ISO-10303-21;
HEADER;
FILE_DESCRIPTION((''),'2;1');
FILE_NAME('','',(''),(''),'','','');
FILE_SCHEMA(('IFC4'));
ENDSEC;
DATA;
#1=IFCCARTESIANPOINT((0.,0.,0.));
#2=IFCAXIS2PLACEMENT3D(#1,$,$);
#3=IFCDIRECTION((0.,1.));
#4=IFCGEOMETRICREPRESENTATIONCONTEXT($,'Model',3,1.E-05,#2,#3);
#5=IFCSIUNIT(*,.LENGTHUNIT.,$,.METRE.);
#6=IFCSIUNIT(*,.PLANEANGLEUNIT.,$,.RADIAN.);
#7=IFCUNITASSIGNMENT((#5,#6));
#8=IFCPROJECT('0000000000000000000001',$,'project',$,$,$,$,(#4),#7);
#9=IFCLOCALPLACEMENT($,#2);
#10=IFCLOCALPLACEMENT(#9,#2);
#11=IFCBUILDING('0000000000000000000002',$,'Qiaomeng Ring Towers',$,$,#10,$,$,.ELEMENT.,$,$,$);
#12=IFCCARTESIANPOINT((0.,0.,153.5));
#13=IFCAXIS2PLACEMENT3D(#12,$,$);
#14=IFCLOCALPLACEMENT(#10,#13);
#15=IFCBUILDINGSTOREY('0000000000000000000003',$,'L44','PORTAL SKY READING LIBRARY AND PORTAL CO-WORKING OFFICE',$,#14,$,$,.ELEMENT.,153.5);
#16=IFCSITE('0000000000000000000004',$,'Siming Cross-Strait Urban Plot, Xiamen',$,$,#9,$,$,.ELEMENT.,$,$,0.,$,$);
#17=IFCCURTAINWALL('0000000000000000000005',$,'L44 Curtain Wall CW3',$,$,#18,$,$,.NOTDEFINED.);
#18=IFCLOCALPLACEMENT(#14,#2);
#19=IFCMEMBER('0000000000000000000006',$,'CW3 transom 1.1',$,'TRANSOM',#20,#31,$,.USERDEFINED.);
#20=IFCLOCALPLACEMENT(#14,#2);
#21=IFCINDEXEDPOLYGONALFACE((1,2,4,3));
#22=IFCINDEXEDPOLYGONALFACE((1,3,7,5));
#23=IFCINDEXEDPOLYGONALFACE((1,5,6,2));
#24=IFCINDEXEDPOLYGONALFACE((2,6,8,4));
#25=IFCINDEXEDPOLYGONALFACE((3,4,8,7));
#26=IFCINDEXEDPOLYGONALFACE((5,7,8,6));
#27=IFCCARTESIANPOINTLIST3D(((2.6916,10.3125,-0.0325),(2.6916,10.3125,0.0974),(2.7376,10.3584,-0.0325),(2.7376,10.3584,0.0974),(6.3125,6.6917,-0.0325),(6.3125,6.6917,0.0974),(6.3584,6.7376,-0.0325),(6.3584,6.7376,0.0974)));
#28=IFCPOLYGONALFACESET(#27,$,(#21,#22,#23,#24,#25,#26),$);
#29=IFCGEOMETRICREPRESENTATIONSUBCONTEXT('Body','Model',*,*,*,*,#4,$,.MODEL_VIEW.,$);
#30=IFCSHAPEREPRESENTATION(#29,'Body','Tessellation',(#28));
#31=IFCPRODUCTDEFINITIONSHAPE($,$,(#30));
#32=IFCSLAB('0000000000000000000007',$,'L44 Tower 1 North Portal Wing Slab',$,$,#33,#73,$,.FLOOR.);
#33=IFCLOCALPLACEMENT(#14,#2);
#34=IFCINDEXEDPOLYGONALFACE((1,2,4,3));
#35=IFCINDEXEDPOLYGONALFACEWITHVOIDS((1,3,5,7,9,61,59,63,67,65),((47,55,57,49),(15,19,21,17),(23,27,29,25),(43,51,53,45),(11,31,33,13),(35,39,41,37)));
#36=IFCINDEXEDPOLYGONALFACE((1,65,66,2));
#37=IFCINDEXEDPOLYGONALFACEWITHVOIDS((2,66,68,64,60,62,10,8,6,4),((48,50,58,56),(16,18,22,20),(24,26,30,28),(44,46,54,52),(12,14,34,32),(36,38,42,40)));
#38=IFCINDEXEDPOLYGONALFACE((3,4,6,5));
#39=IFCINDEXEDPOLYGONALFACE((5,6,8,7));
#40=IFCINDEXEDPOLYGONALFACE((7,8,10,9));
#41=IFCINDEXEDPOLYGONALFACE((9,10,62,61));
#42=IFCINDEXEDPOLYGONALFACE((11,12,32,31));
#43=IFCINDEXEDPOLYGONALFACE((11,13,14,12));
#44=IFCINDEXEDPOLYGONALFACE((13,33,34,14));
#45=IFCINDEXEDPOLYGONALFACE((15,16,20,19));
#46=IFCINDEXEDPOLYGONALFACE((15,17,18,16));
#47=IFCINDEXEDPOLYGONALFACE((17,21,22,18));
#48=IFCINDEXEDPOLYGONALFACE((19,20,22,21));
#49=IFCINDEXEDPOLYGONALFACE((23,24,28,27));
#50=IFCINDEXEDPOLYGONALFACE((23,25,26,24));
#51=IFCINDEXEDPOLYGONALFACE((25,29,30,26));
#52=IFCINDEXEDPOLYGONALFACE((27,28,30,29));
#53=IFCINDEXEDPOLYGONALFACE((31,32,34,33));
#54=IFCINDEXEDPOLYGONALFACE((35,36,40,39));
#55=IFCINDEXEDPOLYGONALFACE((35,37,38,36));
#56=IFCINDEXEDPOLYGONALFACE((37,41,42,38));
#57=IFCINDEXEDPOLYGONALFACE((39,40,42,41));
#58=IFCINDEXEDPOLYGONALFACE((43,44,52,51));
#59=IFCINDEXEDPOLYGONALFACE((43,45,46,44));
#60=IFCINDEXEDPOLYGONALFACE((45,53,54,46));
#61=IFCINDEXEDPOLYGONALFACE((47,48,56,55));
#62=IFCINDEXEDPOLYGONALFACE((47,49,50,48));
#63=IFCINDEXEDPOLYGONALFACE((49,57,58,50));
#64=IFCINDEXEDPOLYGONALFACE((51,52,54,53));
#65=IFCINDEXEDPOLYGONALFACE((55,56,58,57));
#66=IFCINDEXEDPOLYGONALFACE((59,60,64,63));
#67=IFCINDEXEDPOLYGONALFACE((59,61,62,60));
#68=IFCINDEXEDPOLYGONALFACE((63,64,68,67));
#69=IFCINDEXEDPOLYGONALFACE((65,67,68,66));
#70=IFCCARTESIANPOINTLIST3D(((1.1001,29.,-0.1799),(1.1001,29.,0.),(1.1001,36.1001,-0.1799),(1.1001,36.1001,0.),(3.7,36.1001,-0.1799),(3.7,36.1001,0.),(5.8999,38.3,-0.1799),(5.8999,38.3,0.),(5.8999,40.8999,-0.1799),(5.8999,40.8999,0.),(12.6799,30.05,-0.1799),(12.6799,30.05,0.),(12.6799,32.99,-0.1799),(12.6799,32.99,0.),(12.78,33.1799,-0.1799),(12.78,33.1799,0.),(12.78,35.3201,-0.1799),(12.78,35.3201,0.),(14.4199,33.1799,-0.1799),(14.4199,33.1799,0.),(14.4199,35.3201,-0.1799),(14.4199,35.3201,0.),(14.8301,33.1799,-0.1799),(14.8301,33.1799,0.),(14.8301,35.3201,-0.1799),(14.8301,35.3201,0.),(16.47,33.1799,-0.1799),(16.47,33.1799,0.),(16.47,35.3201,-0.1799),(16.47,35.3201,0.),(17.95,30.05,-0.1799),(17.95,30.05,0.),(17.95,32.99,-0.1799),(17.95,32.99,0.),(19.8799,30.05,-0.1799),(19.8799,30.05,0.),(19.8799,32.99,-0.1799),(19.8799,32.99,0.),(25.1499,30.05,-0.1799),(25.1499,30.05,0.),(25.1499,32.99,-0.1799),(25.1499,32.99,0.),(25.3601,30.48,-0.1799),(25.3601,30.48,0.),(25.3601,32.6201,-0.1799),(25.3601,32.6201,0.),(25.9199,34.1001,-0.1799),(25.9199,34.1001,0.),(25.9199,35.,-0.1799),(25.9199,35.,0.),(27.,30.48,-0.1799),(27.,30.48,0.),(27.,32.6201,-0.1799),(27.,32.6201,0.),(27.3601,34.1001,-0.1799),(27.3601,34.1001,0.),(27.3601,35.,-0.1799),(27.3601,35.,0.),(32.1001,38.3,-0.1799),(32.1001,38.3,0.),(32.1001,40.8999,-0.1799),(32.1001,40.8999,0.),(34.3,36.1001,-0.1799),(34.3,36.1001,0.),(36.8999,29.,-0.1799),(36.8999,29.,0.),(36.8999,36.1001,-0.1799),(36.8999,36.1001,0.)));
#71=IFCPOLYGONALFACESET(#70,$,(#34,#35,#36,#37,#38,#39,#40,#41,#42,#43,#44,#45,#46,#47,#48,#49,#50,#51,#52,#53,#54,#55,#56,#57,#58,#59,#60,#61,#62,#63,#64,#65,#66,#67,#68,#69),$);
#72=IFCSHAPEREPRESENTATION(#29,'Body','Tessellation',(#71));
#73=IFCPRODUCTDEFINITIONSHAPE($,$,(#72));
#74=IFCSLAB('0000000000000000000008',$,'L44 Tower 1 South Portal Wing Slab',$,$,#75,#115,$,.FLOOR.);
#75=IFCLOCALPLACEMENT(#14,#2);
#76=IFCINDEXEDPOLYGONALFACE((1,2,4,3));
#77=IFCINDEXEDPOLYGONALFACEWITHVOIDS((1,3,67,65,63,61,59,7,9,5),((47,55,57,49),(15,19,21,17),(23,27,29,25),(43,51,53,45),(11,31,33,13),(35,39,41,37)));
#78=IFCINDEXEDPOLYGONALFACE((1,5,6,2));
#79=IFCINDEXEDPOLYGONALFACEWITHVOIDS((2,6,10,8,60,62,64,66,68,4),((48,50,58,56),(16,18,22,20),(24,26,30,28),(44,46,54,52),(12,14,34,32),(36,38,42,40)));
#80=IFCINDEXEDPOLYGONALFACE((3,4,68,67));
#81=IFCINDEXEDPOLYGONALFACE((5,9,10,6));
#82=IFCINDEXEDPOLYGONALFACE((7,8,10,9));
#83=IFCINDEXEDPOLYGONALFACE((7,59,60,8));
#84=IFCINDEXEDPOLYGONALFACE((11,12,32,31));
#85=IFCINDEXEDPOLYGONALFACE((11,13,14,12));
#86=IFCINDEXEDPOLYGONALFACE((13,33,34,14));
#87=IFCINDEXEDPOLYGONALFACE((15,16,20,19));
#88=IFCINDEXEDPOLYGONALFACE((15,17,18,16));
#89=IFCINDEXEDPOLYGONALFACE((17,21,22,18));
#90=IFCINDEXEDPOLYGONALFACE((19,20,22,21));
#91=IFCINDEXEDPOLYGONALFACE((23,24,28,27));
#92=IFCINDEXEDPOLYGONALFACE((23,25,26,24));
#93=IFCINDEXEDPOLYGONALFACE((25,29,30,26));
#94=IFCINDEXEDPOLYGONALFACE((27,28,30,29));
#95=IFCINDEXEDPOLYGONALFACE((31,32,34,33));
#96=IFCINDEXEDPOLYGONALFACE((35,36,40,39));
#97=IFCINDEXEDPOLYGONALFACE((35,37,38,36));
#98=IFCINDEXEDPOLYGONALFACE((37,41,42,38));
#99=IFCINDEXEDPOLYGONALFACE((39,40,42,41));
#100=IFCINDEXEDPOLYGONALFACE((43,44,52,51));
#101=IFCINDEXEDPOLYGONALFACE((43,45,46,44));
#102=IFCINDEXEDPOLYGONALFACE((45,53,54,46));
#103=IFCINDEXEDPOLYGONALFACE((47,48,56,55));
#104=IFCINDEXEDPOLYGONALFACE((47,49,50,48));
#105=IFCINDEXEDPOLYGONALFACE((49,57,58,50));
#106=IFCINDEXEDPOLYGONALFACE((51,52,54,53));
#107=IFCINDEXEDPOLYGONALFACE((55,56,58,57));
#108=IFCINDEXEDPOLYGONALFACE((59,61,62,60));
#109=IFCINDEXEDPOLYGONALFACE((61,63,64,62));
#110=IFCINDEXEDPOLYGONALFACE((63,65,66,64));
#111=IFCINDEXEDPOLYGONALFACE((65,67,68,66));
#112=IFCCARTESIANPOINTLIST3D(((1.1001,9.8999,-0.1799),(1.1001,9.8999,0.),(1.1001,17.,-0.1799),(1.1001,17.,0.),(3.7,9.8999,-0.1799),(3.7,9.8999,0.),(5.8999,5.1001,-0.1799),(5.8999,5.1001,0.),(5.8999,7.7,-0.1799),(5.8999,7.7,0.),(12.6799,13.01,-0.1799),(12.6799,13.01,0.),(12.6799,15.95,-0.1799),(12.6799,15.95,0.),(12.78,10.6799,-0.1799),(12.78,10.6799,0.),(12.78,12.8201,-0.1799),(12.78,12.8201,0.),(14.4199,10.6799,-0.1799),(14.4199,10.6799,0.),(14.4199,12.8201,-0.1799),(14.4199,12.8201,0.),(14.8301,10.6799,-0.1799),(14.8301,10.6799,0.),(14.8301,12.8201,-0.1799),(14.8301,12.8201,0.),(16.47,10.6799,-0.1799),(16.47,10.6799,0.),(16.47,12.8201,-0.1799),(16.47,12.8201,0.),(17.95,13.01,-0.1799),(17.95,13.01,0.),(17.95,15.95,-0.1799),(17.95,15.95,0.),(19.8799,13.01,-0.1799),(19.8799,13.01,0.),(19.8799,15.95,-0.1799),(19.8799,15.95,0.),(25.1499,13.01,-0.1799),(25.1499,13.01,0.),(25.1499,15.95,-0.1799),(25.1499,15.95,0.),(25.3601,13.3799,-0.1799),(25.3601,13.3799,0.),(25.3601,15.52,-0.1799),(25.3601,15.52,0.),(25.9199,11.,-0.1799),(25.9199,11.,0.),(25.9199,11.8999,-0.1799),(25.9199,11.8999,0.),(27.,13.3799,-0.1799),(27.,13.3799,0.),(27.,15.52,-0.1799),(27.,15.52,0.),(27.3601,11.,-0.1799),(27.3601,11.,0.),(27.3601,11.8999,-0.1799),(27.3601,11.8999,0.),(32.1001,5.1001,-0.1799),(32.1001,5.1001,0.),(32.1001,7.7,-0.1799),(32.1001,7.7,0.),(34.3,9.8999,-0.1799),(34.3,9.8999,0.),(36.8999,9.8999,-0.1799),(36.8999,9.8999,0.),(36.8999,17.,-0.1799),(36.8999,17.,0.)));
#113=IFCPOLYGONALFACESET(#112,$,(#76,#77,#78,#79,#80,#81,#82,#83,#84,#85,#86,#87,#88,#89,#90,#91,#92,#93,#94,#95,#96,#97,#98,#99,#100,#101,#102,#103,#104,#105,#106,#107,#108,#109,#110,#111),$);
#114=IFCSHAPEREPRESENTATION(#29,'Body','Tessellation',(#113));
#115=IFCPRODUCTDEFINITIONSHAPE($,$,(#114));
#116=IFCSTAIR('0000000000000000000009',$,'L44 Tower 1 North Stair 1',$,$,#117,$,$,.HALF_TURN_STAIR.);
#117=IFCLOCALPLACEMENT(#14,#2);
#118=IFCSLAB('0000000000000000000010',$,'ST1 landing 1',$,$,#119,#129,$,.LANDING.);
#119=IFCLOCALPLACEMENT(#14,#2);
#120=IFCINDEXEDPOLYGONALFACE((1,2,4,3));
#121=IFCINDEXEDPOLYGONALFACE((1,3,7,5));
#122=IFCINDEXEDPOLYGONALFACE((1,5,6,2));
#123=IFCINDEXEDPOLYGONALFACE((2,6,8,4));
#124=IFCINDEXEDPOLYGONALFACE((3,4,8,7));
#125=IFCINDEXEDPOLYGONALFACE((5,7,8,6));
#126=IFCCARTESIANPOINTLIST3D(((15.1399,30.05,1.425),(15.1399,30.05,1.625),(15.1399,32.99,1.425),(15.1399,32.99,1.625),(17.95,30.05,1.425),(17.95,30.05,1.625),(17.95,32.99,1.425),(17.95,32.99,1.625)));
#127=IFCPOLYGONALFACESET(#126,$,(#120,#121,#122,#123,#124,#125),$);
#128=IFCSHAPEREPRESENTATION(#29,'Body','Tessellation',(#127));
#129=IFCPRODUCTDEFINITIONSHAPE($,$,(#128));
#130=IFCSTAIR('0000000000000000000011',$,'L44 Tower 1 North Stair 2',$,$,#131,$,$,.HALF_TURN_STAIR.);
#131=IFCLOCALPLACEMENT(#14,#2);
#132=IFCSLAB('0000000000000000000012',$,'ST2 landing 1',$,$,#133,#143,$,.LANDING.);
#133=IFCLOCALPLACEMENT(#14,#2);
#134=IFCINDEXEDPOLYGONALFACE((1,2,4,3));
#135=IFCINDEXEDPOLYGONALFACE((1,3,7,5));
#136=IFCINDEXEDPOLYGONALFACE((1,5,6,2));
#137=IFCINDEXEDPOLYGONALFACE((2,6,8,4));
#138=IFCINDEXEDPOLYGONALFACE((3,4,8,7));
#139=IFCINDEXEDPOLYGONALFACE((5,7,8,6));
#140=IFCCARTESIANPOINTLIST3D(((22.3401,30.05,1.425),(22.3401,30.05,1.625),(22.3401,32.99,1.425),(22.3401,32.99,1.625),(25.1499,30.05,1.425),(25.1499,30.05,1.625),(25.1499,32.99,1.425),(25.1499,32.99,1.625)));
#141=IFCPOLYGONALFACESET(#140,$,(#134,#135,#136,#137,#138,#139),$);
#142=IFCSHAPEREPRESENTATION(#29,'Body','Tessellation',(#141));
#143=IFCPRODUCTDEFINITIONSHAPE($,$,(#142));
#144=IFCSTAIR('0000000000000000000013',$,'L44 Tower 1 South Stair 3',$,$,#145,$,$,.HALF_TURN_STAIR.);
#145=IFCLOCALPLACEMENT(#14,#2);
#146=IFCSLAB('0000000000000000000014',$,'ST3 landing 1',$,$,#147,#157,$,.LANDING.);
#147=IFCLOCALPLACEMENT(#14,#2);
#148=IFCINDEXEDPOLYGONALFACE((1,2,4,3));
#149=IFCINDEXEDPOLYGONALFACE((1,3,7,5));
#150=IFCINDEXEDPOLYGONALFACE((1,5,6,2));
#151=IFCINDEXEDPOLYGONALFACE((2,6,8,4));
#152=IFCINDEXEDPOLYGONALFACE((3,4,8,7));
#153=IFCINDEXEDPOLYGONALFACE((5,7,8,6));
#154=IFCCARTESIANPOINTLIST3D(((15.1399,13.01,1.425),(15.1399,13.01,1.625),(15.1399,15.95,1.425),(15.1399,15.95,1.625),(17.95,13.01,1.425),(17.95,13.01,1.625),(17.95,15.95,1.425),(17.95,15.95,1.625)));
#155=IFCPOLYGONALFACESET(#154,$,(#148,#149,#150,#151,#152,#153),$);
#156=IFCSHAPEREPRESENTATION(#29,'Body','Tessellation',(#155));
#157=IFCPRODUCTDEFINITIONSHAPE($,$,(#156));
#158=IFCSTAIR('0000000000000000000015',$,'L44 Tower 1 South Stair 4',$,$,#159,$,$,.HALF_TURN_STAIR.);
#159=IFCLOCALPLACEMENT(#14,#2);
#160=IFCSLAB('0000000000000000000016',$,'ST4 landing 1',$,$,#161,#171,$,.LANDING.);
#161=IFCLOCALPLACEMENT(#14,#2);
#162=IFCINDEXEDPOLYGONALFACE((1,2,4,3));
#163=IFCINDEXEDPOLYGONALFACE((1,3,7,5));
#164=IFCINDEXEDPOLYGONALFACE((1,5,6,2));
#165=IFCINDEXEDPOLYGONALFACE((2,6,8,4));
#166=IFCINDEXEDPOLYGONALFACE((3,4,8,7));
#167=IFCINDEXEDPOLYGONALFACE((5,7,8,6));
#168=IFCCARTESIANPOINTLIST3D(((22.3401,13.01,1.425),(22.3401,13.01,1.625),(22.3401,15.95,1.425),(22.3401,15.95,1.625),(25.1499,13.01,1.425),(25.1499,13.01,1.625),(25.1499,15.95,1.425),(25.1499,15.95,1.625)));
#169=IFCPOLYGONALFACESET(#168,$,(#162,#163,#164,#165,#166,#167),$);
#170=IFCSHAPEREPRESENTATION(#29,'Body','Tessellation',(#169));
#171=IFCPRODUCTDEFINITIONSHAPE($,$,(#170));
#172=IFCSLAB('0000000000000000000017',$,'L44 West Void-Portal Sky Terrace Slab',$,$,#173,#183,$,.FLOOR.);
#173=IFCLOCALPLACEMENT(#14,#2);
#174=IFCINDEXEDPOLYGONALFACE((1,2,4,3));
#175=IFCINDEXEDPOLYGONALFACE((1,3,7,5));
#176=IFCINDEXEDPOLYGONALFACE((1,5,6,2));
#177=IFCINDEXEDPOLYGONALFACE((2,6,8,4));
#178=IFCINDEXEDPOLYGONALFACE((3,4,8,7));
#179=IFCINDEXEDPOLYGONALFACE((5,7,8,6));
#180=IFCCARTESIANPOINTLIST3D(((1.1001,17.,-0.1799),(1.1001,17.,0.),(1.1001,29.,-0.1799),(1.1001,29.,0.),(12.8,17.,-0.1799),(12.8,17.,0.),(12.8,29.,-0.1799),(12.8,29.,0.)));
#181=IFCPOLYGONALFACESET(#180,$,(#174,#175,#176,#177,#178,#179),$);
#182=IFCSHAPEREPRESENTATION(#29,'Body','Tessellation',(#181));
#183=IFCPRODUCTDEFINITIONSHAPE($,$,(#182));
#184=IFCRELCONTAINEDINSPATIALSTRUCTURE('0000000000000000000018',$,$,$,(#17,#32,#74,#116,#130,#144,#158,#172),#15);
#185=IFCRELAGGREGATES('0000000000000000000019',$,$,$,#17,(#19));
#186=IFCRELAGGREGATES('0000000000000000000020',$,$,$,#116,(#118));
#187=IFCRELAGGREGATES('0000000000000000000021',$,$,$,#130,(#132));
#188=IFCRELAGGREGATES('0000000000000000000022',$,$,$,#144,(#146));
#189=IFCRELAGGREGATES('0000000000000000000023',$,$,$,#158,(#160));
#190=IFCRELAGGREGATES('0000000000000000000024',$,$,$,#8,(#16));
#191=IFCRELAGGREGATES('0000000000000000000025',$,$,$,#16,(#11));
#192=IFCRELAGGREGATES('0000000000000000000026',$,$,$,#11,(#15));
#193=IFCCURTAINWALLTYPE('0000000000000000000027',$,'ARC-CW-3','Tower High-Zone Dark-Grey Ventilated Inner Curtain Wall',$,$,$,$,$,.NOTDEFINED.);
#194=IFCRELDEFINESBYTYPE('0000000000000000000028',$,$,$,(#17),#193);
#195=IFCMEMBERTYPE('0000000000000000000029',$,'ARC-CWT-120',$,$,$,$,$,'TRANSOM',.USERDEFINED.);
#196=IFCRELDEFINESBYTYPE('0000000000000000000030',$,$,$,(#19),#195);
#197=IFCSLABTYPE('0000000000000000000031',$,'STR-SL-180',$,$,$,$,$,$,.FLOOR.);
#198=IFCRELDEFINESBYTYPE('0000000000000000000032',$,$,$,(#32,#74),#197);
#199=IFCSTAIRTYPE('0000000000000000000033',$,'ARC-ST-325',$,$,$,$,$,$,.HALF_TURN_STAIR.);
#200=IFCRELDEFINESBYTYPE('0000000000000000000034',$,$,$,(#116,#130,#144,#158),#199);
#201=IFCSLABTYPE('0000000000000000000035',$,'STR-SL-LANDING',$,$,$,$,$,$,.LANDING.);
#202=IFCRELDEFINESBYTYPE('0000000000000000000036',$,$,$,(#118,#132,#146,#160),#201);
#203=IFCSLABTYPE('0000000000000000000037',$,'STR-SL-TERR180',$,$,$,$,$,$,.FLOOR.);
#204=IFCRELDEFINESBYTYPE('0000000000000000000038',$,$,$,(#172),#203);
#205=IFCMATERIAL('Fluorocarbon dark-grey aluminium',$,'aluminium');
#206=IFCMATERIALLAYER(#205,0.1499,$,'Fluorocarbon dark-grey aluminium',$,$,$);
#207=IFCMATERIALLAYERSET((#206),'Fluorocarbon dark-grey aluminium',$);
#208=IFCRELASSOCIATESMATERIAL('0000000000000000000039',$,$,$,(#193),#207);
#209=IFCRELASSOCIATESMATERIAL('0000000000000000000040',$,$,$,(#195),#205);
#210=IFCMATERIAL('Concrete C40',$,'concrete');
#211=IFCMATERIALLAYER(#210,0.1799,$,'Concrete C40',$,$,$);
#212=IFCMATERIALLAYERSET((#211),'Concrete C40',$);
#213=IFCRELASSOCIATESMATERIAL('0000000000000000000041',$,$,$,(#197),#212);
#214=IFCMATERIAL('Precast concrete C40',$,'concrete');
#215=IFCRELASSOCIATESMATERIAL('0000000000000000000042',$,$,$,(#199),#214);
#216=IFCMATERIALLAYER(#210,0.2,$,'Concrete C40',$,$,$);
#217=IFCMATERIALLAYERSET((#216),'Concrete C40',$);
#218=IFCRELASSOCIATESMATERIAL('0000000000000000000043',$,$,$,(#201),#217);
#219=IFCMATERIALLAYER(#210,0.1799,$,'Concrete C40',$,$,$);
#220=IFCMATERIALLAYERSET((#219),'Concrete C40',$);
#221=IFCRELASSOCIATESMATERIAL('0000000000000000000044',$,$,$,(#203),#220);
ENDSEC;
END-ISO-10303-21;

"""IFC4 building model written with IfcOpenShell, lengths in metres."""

from ifc_helpers import new_model, si_unit, direction, frame, origin, origin_2d, place, context, subcontext, project, spatial, polyline, rectangle, outline, extrude, source, transform, mapped, material, layer, layer_set, material_profile, profile_set, type_object, element, aggregate, save


model = new_model("IFC4")

# Units and contexts
model_context = context("Model", 3, precision=1e-05, world=origin(), true_north=direction((0.0, 1.0)))
body_context = subcontext(model_context, "Body", "Model", "MODEL_VIEW")
ifc_project = project(units=[si_unit("LENGTHUNIT", "METRE"), si_unit("PLANEANGLEUNIT", "RADIAN")], contexts=[model_context])

# Site, building, storey
site_placement = place(None, origin())
site = spatial("IfcSite", under=ifc_project, at=site_placement, Name="Siming Cross-Strait Urban Plot, Xiamen", CompositionType="ELEMENT", RefElevation=0.0)
building_placement = place(site_placement, origin())
building = spatial("IfcBuilding", under=site, at=building_placement, Name="Qiaomeng Ring Towers", CompositionType="ELEMENT")
storey_placement = place(building_placement, frame((0.0, 0.0, 153.5)))
storey = spatial("IfcBuildingStorey", under=building, at=storey_placement, Name="L44", Description="PORTAL SKY READING LIBRARY AND PORTAL CO-WORKING OFFICE", CompositionType="ELEMENT", Elevation=153.5)

# Curtain wall, member
ifc_material_1 = material(Name="Fluorocarbon dark-grey aluminium", Category="aluminium")
ifc_layer_1 = layer(ifc_material_1, 0.1499, Name="Fluorocarbon dark-grey aluminium")
ifc_layer_set_1 = layer_set([ifc_layer_1], Name="Fluorocarbon dark-grey aluminium")
curtain_wall_type = type_object("IfcCurtainWallType", Name="ARC-CW-3", Description="Tower High-Zone Dark-Grey Ventilated Inner Curtain Wall", PredefinedType="NOTDEFINED", material=ifc_layer_set_1)
curtain_wall_placement = place(storey_placement, origin())
curtain_wall = element("IfcCurtainWall", 1, at=curtain_wall_placement, inside=storey, type_object=curtain_wall_type, Name="L44 Curtain Wall CW3", PredefinedType="NOTDEFINED")
ifc_material_profile = material_profile(ifc_material_1, rectangle(XDim=0.0649, YDim=0.1299, at=origin_2d()), Name="ALU TRAN 65x130")
ifc_profile_set = profile_set([ifc_material_profile], Name="Fluorocarbon dark-grey aluminium")
member_type = type_object("IfcMemberType", Name="ARC-CWT-120", ElementType="TRANSOM", PredefinedType="USERDEFINED", material=ifc_profile_set)
shared_shape = source(origin(), body_context, "Body", "SweptSolid", [
    extrude(rectangle(XDim=0.0649, YDim=0.1299, at=origin_2d()), origin(), (0.0, 0.0, 1.0), 5.1206),
])
member_placement = place(storey_placement, frame((2.7146, 10.3354, 0.0325), z_axis=(0.707107, -0.707107, 0.0), x_axis=(0.707107, 0.707107, 0.0)))
member = element("IfcMember", 2, at=member_placement, type_object=member_type, Name="CW3 transom 1.1", ObjectType="TRANSOM", PredefinedType="USERDEFINED", context=body_context, shape_type="MappedRepresentation", body=[
    mapped(shared_shape, transform((0.0, 0.0, 0.0), x_axis=(1.0, 0.0, 0.0), y_axis=(0.0, 1.0, 0.0), z_axis=(0.0, 0.0, 1.0), scale=1.0)),
])
aggregate(curtain_wall, [member])

# Slabs
ifc_material_2 = material(Name="Concrete C40", Category="concrete")
ifc_layer_2 = layer(ifc_material_2, 0.1799, Name="Concrete C40")
ifc_layer_set_2 = layer_set([ifc_layer_2], Name="Concrete C40")
slab_type_1 = type_object("IfcSlabType", Name="STR-SL-180", PredefinedType="FLOOR", material=ifc_layer_set_2)
slab_1_placement = place(storey_placement, frame((0.0, 0.0, -0.1799)))
element("IfcSlab", 3, at=slab_1_placement, inside=storey, type_object=slab_type_1, Name="L44 Tower 1 North Portal Wing Slab", PredefinedType="FLOOR", context=body_context, shape_type="SweptSolid", body=[
    extrude(outline(polyline([(1.1001, 36.1001), (3.7, 36.1001), (5.8999, 38.3), (5.8999, 40.8999), (32.1001, 40.8999), (32.1001, 38.3), (34.3, 36.1001), (36.8999, 36.1001), (36.8999, 29.0), (1.1001, 29.0), (1.1001, 36.1001)]), holes=[polyline([(17.95, 30.05), (12.6799, 30.05), (12.6799, 32.99), (17.95, 32.99), (17.95, 30.05)]), polyline([(19.8799, 30.05), (19.8799, 32.99), (25.1499, 32.99), (25.1499, 30.05), (19.8799, 30.05)]), polyline([(25.3601, 30.48), (25.3601, 32.6201), (27.0, 32.6201), (27.0, 30.48), (25.3601, 30.48)]), polyline([(14.4199, 33.1799), (12.78, 33.1799), (12.78, 35.3201), (14.4199, 35.3201), (14.4199, 33.1799)]), polyline([(14.8301, 33.1799), (14.8301, 35.3201), (16.47, 35.3201), (16.47, 33.1799), (14.8301, 33.1799)]), polyline([(25.9199, 34.1001), (25.9199, 35.0), (27.3601, 35.0), (27.3601, 34.1001), (25.9199, 34.1001)])]), origin(), (0.0, 0.0, 1.0), 0.1799),
])
slab_2_placement = place(storey_placement, frame((0.0, 0.0, -0.1799)))
element("IfcSlab", 4, at=slab_2_placement, inside=storey, type_object=slab_type_1, Name="L44 Tower 1 South Portal Wing Slab", PredefinedType="FLOOR", context=body_context, shape_type="SweptSolid", body=[
    extrude(outline(polyline([(36.8999, 9.8999), (34.3, 9.8999), (32.1001, 7.7), (32.1001, 5.1001), (5.8999, 5.1001), (5.8999, 7.7), (3.7, 9.8999), (1.1001, 9.8999), (1.1001, 17.0), (36.8999, 17.0), (36.8999, 9.8999)]), holes=[polyline([(27.3601, 11.0), (25.9199, 11.0), (25.9199, 11.8999), (27.3601, 11.8999), (27.3601, 11.0)]), polyline([(12.78, 10.6799), (12.78, 12.8201), (14.4199, 12.8201), (14.4199, 10.6799), (12.78, 10.6799)]), polyline([(14.8301, 10.6799), (14.8301, 12.8201), (16.47, 12.8201), (16.47, 10.6799), (14.8301, 10.6799)]), polyline([(27.0, 13.3799), (25.3601, 13.3799), (25.3601, 15.52), (27.0, 15.52), (27.0, 13.3799)]), polyline([(12.6799, 13.01), (12.6799, 15.95), (17.95, 15.95), (17.95, 13.01), (12.6799, 13.01)]), polyline([(19.8799, 13.01), (19.8799, 15.95), (25.1499, 15.95), (25.1499, 13.01), (19.8799, 13.01)])]), origin(), (0.0, 0.0, 1.0), 0.1799),
])

# Stairs, slabs
ifc_material_3 = material(Name="Precast concrete C40", Category="concrete")
stair_type = type_object("IfcStairType", Name="ARC-ST-325", PredefinedType="HALF_TURN_STAIR", material=ifc_material_3)
stair_1_placement = place(storey_placement, origin())
stair_1 = element("IfcStair", 5, at=stair_1_placement, inside=storey, type_object=stair_type, Name="L44 Tower 1 North Stair 1", PredefinedType="HALF_TURN_STAIR")
ifc_layer_3 = layer(ifc_material_2, 0.2, Name="Concrete C40")
ifc_layer_set_3 = layer_set([ifc_layer_3], Name="Concrete C40")
slab_type_2 = type_object("IfcSlabType", Name="STR-SL-LANDING", PredefinedType="LANDING", material=ifc_layer_set_3)
slab_3_placement = place(storey_placement, frame((0.0, 0.0, 1.425)))
slab_3 = element("IfcSlab", 6, at=slab_3_placement, type_object=slab_type_2, Name="ST1 landing 1", PredefinedType="LANDING", context=body_context, shape_type="SweptSolid", body=[
    extrude(outline(polyline([(15.1399, 30.05), (17.95, 30.05), (17.95, 32.99), (15.1399, 32.99), (15.1399, 30.05)])), origin(), (0.0, 0.0, 1.0), 0.2),
])
aggregate(stair_1, [slab_3])
stair_2_placement = place(storey_placement, origin())
stair_2 = element("IfcStair", 7, at=stair_2_placement, inside=storey, type_object=stair_type, Name="L44 Tower 1 North Stair 2", PredefinedType="HALF_TURN_STAIR")
slab_4_placement = place(storey_placement, frame((0.0, 0.0, 1.425)))
slab_4 = element("IfcSlab", 8, at=slab_4_placement, type_object=slab_type_2, Name="ST2 landing 1", PredefinedType="LANDING", context=body_context, shape_type="SweptSolid", body=[
    extrude(outline(polyline([(22.3401, 30.05), (25.1499, 30.05), (25.1499, 32.99), (22.3401, 32.99), (22.3401, 30.05)])), origin(), (0.0, 0.0, 1.0), 0.2),
])
aggregate(stair_2, [slab_4])
stair_3_placement = place(storey_placement, origin())
stair_3 = element("IfcStair", 9, at=stair_3_placement, inside=storey, type_object=stair_type, Name="L44 Tower 1 South Stair 3", PredefinedType="HALF_TURN_STAIR")
slab_5_placement = place(storey_placement, frame((0.0, 0.0, 1.425)))
slab_5 = element("IfcSlab", 10, at=slab_5_placement, type_object=slab_type_2, Name="ST3 landing 1", PredefinedType="LANDING", context=body_context, shape_type="SweptSolid", body=[
    extrude(outline(polyline([(15.1399, 13.01), (17.95, 13.01), (17.95, 15.95), (15.1399, 15.95), (15.1399, 13.01)])), origin(), (0.0, 0.0, 1.0), 0.2),
])
aggregate(stair_3, [slab_5])
stair_4_placement = place(storey_placement, origin())
stair_4 = element("IfcStair", 11, at=stair_4_placement, inside=storey, type_object=stair_type, Name="L44 Tower 1 South Stair 4", PredefinedType="HALF_TURN_STAIR")
slab_6_placement = place(storey_placement, frame((0.0, 0.0, 1.425)))
slab_6 = element("IfcSlab", 12, at=slab_6_placement, type_object=slab_type_2, Name="ST4 landing 1", PredefinedType="LANDING", context=body_context, shape_type="SweptSolid", body=[
    extrude(outline(polyline([(22.3401, 13.01), (25.1499, 13.01), (25.1499, 15.95), (22.3401, 15.95), (22.3401, 13.01)])), origin(), (0.0, 0.0, 1.0), 0.2),
])
aggregate(stair_4, [slab_6])

# Slab
ifc_layer_4 = layer(ifc_material_2, 0.1799, Name="Concrete C40")
ifc_layer_set_4 = layer_set([ifc_layer_4], Name="Concrete C40")
slab_type_3 = type_object("IfcSlabType", Name="STR-SL-TERR180", PredefinedType="FLOOR", material=ifc_layer_set_4)
slab_7_placement = place(storey_placement, frame((0.0, 0.0, -0.1799)))
element("IfcSlab", 13, at=slab_7_placement, inside=storey, type_object=slab_type_3, Name="L44 West Void-Portal Sky Terrace Slab", PredefinedType="FLOOR", context=body_context, shape_type="SweptSolid", body=[
    extrude(outline(polyline([(1.1001, 17.0), (12.8, 17.0), (12.8, 29.0), (1.1001, 29.0), (1.1001, 17.0)])), origin(), (0.0, 0.0, 1.0), 0.1799),
])

save(model, "model.ifc")
